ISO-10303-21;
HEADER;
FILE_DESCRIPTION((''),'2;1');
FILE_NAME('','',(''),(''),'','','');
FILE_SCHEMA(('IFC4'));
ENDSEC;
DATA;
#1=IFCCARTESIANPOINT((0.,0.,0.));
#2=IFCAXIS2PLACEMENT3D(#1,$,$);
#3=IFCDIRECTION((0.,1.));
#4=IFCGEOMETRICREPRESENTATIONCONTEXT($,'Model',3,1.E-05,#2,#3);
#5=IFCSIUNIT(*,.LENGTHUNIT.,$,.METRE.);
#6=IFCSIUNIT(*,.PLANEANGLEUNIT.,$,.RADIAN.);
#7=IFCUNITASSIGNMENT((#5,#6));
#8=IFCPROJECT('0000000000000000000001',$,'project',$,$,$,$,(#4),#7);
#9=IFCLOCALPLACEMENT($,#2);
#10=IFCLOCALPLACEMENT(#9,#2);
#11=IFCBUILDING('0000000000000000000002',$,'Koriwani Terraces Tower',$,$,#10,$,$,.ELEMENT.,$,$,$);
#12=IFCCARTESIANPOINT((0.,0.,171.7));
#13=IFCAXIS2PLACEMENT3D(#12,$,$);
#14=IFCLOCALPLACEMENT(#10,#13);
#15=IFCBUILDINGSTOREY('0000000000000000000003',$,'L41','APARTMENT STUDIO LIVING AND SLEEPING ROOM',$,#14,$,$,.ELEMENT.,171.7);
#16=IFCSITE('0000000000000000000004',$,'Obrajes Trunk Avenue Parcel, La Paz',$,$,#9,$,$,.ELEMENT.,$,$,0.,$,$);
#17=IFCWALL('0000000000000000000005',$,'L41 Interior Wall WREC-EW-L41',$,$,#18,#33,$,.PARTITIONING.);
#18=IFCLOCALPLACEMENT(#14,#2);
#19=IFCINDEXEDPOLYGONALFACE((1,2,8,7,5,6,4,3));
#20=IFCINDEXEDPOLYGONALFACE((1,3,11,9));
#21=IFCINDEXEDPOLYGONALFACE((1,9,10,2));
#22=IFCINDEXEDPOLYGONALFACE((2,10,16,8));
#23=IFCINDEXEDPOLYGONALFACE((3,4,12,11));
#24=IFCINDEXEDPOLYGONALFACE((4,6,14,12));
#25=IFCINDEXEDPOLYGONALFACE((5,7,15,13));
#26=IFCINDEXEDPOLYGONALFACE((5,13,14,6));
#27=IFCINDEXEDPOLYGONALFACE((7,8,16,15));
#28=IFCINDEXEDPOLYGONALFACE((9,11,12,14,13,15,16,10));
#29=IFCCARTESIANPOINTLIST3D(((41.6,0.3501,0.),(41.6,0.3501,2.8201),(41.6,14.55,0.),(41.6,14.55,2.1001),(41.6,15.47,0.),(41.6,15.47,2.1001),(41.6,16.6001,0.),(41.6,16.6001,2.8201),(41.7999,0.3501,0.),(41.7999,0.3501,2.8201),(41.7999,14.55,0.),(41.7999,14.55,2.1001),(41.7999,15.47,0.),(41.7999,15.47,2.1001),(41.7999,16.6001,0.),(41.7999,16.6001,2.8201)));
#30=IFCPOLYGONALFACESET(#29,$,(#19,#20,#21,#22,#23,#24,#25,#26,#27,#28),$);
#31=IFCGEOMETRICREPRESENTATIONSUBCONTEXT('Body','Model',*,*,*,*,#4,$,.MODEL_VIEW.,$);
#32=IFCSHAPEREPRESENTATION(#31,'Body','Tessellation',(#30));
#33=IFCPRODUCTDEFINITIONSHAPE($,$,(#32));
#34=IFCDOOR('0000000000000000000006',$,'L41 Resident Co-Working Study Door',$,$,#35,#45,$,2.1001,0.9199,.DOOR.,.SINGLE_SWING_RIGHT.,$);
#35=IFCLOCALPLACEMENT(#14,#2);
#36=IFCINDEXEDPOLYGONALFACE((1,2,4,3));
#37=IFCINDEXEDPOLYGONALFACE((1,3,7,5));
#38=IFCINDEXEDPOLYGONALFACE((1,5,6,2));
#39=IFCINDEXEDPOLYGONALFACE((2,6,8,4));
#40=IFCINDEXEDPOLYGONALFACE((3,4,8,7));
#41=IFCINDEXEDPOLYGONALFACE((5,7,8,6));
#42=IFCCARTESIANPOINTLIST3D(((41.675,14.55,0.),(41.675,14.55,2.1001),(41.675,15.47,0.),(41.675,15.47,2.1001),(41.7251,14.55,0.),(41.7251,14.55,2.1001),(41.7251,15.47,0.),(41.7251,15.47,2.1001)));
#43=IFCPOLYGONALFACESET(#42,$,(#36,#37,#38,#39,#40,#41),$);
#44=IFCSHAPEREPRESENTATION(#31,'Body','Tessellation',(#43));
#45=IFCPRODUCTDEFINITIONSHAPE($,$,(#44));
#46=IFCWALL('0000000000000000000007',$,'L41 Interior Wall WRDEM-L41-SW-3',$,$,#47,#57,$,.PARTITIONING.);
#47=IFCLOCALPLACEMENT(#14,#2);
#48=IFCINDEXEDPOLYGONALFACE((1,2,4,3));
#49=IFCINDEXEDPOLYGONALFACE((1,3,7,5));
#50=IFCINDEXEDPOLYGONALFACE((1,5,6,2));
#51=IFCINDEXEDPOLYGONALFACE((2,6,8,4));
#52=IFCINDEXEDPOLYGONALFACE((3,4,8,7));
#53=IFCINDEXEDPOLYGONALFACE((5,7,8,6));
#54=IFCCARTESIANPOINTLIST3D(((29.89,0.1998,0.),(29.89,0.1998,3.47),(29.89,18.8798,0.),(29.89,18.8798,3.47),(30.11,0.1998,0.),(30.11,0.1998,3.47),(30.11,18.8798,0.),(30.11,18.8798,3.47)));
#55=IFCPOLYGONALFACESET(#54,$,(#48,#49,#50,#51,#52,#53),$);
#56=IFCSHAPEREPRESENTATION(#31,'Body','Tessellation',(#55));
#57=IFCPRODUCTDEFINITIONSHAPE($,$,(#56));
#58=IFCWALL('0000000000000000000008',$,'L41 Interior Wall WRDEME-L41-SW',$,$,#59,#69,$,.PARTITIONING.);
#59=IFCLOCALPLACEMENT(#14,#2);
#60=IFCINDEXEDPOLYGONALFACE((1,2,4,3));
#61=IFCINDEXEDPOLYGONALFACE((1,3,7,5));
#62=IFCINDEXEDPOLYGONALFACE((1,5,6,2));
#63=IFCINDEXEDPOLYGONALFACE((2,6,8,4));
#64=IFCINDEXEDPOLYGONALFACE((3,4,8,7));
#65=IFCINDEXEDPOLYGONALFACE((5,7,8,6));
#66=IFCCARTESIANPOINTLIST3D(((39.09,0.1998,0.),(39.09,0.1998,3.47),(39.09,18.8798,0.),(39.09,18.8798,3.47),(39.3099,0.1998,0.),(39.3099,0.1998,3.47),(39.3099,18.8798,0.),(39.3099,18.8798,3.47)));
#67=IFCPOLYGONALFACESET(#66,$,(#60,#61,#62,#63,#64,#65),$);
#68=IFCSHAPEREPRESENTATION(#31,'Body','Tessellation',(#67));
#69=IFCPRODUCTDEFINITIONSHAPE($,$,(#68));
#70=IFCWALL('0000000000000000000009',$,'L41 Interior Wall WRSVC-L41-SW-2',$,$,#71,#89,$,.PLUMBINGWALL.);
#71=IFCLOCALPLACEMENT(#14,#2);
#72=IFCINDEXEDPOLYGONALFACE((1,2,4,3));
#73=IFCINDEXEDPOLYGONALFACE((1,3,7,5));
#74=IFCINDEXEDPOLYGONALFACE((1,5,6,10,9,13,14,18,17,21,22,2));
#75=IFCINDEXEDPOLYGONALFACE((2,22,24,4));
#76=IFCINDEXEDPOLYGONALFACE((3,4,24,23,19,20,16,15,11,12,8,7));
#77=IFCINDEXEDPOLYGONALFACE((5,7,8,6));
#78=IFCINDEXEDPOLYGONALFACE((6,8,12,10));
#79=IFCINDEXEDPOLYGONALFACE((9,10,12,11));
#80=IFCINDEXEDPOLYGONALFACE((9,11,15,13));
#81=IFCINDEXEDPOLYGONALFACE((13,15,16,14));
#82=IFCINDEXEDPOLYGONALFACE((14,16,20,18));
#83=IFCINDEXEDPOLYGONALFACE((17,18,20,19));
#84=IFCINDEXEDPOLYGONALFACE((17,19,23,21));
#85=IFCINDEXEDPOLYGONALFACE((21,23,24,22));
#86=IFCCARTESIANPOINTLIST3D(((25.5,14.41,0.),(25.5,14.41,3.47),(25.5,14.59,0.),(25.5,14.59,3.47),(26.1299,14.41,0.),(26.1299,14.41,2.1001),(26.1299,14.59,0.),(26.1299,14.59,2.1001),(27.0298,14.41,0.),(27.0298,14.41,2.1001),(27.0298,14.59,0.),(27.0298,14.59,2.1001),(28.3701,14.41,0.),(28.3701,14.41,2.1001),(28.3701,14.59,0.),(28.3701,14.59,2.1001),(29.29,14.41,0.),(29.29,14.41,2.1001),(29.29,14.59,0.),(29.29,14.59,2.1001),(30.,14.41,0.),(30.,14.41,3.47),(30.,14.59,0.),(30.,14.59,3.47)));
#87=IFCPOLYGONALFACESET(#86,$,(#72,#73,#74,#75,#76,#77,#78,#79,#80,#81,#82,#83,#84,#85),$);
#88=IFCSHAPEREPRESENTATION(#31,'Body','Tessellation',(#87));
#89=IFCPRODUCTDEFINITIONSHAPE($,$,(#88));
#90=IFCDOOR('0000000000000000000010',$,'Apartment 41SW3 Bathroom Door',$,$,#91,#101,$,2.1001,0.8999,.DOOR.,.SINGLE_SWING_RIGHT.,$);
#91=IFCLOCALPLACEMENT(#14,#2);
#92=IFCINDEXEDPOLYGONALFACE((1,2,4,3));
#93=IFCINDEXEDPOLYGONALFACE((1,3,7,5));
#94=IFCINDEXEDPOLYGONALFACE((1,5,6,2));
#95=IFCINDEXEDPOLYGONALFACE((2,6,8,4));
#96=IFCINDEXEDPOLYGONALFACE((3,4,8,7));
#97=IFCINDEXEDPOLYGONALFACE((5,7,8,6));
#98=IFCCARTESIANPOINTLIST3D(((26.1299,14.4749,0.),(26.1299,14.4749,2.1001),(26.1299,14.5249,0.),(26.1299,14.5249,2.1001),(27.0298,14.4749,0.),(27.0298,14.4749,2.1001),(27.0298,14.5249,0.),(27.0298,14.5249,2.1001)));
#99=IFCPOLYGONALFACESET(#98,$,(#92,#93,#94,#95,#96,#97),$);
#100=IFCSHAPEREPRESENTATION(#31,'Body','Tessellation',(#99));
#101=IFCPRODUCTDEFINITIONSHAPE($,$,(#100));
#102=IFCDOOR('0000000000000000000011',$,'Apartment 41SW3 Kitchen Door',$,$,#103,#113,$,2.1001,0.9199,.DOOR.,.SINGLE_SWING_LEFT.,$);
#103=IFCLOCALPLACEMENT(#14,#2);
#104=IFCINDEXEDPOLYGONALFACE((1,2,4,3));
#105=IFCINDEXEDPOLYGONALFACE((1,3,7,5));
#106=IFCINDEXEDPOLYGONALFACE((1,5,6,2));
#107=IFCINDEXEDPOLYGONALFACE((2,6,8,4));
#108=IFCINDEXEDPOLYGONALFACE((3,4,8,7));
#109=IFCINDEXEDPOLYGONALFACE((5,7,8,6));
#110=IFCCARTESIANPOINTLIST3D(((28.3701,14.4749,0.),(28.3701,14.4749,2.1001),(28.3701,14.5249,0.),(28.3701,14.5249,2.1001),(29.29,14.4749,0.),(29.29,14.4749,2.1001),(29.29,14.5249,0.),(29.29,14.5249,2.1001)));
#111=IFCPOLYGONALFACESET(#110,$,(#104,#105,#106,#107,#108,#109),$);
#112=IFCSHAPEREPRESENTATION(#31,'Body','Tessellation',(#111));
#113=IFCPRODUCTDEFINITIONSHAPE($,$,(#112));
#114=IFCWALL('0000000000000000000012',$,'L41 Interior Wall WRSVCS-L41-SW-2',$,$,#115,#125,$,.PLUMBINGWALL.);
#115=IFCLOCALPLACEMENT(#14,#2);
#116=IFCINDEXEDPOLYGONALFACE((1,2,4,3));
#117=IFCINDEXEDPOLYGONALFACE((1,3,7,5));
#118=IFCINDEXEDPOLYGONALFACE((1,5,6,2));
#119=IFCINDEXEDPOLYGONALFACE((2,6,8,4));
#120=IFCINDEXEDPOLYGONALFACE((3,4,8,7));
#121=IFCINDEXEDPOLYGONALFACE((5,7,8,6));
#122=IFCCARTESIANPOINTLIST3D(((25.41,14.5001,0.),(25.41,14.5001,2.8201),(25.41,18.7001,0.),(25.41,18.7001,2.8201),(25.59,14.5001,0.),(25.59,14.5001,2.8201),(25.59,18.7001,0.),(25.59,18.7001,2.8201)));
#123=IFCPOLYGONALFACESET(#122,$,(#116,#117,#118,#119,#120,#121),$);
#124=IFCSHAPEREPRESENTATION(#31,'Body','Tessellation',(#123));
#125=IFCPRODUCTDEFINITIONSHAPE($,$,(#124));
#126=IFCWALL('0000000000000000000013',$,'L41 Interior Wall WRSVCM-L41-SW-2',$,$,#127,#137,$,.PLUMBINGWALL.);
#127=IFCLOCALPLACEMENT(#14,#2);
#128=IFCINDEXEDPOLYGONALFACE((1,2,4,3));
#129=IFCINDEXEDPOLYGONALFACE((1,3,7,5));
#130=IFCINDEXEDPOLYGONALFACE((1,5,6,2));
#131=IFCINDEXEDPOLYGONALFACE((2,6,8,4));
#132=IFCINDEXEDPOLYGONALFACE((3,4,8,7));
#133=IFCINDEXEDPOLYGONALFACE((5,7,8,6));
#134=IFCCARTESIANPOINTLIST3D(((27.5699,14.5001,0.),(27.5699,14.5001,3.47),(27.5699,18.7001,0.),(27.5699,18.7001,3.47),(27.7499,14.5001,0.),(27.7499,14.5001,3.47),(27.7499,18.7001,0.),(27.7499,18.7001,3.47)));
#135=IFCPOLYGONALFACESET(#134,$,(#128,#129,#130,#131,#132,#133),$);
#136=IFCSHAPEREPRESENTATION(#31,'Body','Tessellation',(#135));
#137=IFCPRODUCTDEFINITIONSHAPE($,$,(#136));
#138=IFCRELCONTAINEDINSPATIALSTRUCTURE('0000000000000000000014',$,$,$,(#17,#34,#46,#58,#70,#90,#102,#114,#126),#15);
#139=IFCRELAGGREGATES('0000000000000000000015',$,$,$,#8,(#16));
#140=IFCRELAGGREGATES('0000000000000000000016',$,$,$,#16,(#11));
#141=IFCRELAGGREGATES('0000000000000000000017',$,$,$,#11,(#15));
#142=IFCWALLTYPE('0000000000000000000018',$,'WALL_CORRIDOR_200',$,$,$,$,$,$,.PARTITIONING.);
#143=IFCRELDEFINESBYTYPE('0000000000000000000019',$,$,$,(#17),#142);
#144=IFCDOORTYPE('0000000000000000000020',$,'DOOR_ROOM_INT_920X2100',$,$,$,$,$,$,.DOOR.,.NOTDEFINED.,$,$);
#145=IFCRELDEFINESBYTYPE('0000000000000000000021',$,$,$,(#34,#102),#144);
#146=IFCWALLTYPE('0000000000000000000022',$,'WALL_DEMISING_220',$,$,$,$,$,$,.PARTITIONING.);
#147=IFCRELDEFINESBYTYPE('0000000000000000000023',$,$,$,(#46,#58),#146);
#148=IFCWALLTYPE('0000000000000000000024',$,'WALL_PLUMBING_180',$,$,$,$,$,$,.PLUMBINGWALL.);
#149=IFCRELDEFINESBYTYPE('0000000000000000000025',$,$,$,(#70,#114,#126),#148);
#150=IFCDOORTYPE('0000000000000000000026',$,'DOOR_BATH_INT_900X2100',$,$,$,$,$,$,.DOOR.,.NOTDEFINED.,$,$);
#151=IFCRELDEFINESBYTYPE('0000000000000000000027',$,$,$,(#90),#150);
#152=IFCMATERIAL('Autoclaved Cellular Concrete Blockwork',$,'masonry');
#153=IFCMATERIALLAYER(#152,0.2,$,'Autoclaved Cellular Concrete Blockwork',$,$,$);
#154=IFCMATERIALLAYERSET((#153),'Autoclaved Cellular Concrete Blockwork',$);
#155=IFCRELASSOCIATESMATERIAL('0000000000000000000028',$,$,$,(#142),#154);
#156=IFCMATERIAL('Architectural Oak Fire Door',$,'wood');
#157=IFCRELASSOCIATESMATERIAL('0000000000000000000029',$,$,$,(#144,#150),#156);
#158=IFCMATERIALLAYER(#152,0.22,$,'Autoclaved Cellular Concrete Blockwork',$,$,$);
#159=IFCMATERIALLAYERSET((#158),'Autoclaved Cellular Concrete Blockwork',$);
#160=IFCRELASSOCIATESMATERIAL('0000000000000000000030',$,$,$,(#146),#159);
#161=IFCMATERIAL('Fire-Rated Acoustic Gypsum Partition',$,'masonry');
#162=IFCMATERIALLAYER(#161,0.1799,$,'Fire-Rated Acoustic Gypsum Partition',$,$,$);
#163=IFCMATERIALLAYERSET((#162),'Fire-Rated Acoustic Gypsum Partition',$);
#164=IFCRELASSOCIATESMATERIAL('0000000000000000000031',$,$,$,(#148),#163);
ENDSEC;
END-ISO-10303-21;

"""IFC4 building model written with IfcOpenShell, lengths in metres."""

from ifc_helpers import new_model, si_unit, direction, frame, frame_2d, origin, place, context, subcontext, project, spatial, rectangle, extrude, material, layer, layer_set, type_object, element, fill, save


model = new_model("IFC4")

# Units and contexts
model_context = context("Model", 3, precision=1e-05, world=origin(), true_north=direction((0.0, 1.0)))
body_context = subcontext(model_context, "Body", "Model", "MODEL_VIEW")
ifc_project = project(units=[si_unit("LENGTHUNIT", "METRE"), si_unit("PLANEANGLEUNIT", "RADIAN")], contexts=[model_context])

# Site, building, storey
site_placement = place(None, origin())
site = spatial("IfcSite", under=ifc_project, at=site_placement, Name="Obrajes Trunk Avenue Parcel, La Paz", CompositionType="ELEMENT", RefElevation=0.0)
building_placement = place(site_placement, origin())
building = spatial("IfcBuilding", under=site, at=building_placement, Name="Koriwani Terraces Tower", CompositionType="ELEMENT")
storey_placement = place(building_placement, frame((0.0, 0.0, 171.7)))
storey = spatial("IfcBuildingStorey", under=building, at=storey_placement, Name="L41", Description="APARTMENT STUDIO LIVING AND SLEEPING ROOM", CompositionType="ELEMENT", Elevation=171.7)

# Wall, opening, door
ifc_material_1 = material(Name="Autoclaved Cellular Concrete Blockwork", Category="masonry")
ifc_layer_1 = layer(ifc_material_1, 0.2, Name="Autoclaved Cellular Concrete Blockwork")
ifc_layer_set_1 = layer_set([ifc_layer_1], Name="Autoclaved Cellular Concrete Blockwork")
wall_type_1 = type_object("IfcWallType", Name="WALL_CORRIDOR_200", PredefinedType="PARTITIONING", material=ifc_layer_set_1)
wall_1_placement = place(storey_placement, frame((41.7, 0.3501, 0.0), z_axis=(0.0, 0.0, 1.0), x_axis=(0.0, 1.0, 0.0)))
wall_1 = element("IfcWall", 1, at=wall_1_placement, inside=storey, type_object=wall_type_1, Name="L41 Interior Wall WREC-EW-L41", PredefinedType="PARTITIONING", context=body_context, shape_type="SweptSolid", body=[
    extrude(rectangle(XDim=16.25, YDim=0.2, at=frame_2d((8.125, 0.0))), origin(), (0.0, 0.0, 1.0), 2.8201),
])
opening_1_placement = place(wall_1_placement, frame((14.2, 0.0, 0.0)))
opening_1 = element("IfcOpeningElement", 2, at=opening_1_placement, cuts=wall_1, PredefinedType="OPENING", context=body_context, shape_type="SweptSolid", body=[
    extrude(rectangle(XDim=0.9199, YDim=2.1001, at=frame_2d((0.46, 1.05))), frame((0.0, 0.1099, 0.0), z_axis=(0.0, -1.0, 0.0), x_axis=(1.0, 0.0, 0.0)), (0.0, 0.0, 1.0), 0.22),
])
ifc_material_2 = material(Name="Architectural Oak Fire Door", Category="wood")
door_type_1 = type_object("IfcDoorType", Name="DOOR_ROOM_INT_920X2100", OperationType="NOTDEFINED", PredefinedType="DOOR", material=ifc_material_2)
door_1_placement = place(opening_1_placement, origin())
door_1 = element("IfcDoor", 3, at=door_1_placement, inside=storey, type_object=door_type_1, Name="L41 Resident Co-Working Study Door", OperationType="SINGLE_SWING_RIGHT", OverallHeight=2.1001, OverallWidth=0.9199, PredefinedType="DOOR", context=body_context, shape_type="SweptSolid", body=[
    extrude(rectangle(XDim=0.9199, YDim=2.1001, at=frame_2d((0.46, 1.05))), frame((0.0, 0.0249, 0.0), z_axis=(0.0, -1.0, 0.0), x_axis=(1.0, 0.0, 0.0)), (0.0, 0.0, 1.0), 0.05),
])
fill(opening_1, door_1)

# Walls
ifc_layer_2 = layer(ifc_material_1, 0.22, Name="Autoclaved Cellular Concrete Blockwork")
ifc_layer_set_2 = layer_set([ifc_layer_2], Name="Autoclaved Cellular Concrete Blockwork")
wall_type_2 = type_object("IfcWallType", Name="WALL_DEMISING_220", PredefinedType="PARTITIONING", material=ifc_layer_set_2)
for number, where, z_axis, x_axis, name in (
    (4, (30.0, 0.2, 0.0), (0.0, 0.0, 1.0), (0.0, 1.0, 0.0), "L41 Interior Wall WRDEM-L41-SW-3"),
    (5, (39.2, 0.2, 0.0), (0.0, 0.0, 1.0), (0.0, 1.0, 0.0), "L41 Interior Wall WRDEME-L41-SW"),
):
    element("IfcWall", number, at=place(storey_placement, frame(where, z_axis=z_axis, x_axis=x_axis)), inside=storey, type_object=wall_type_2, Name=name, PredefinedType="PARTITIONING", context=body_context, shape_type="SweptSolid", body=[
        extrude(rectangle(XDim=18.6799, YDim=0.22, at=frame_2d((9.3398, 0.0))), origin(), (0.0, 0.0, 1.0), 3.47),
    ])

# Wall, openings, doors
ifc_material_3 = material(Name="Fire-Rated Acoustic Gypsum Partition", Category="masonry")
ifc_layer_3 = layer(ifc_material_3, 0.1799, Name="Fire-Rated Acoustic Gypsum Partition")
ifc_layer_set_3 = layer_set([ifc_layer_3], Name="Fire-Rated Acoustic Gypsum Partition")
wall_type_3 = type_object("IfcWallType", Name="WALL_PLUMBING_180", PredefinedType="PLUMBINGWALL", material=ifc_layer_set_3)
wall_2_placement = place(storey_placement, frame((25.5, 14.5, 0.0), z_axis=(0.0, 0.0, 1.0), x_axis=(1.0, 0.0, 0.0)))
wall_2 = element("IfcWall", 6, at=wall_2_placement, inside=storey, type_object=wall_type_3, Name="L41 Interior Wall WRSVC-L41-SW-2", PredefinedType="PLUMBINGWALL", context=body_context, shape_type="SweptSolid", body=[
    extrude(rectangle(XDim=4.5, YDim=0.1799, at=frame_2d((2.25, 0.0))), origin(), (0.0, 0.0, 1.0), 3.47),
])
opening_2_placement = place(wall_2_placement, frame((0.6299, 0.0, 0.0)))
opening_2 = element("IfcOpeningElement", 7, at=opening_2_placement, cuts=wall_2, PredefinedType="OPENING", context=body_context, shape_type="SweptSolid", body=[
    extrude(rectangle(XDim=0.8999, YDim=2.1001, at=frame_2d((0.45, 1.05))), frame((0.0, 0.1001, 0.0), z_axis=(0.0, -1.0, 0.0), x_axis=(1.0, 0.0, 0.0)), (0.0, 0.0, 1.0), 0.2),
])
opening_3_placement = place(wall_2_placement, frame((2.8701, 0.0, 0.0)))
opening_3 = element("IfcOpeningElement", 8, at=opening_3_placement, cuts=wall_2, PredefinedType="OPENING", context=body_context, shape_type="SweptSolid", body=[
    extrude(rectangle(XDim=0.9199, YDim=2.1001, at=frame_2d((0.46, 1.05))), frame((0.0, 0.1001, 0.0), z_axis=(0.0, -1.0, 0.0), x_axis=(1.0, 0.0, 0.0)), (0.0, 0.0, 1.0), 0.2),
])
door_type_2 = type_object("IfcDoorType", Name="DOOR_BATH_INT_900X2100", OperationType="NOTDEFINED", PredefinedType="DOOR", material=ifc_material_2)
door_2_placement = place(opening_2_placement, origin())
door_2 = element("IfcDoor", 9, at=door_2_placement, inside=storey, type_object=door_type_2, Name="Apartment 41SW3 Bathroom Door", OperationType="SINGLE_SWING_RIGHT", OverallHeight=2.1001, OverallWidth=0.8999, PredefinedType="DOOR", context=body_context, shape_type="SweptSolid", body=[
    extrude(rectangle(XDim=0.8999, YDim=2.1001, at=frame_2d((0.45, 1.05))), frame((0.0, 0.0249, 0.0), z_axis=(0.0, -1.0, 0.0), x_axis=(1.0, 0.0, 0.0)), (0.0, 0.0, 1.0), 0.05),
])
fill(opening_2, door_2)
door_3_placement = place(opening_3_placement, origin())
door_3 = element("IfcDoor", 10, at=door_3_placement, inside=storey, type_object=door_type_1, Name="Apartment 41SW3 Kitchen Door", OperationType="SINGLE_SWING_LEFT", OverallHeight=2.1001, OverallWidth=0.9199, PredefinedType="DOOR", context=body_context, shape_type="SweptSolid", body=[
    extrude(rectangle(XDim=0.9199, YDim=2.1001, at=frame_2d((0.46, 1.05))), frame((0.0, 0.0249, 0.0), z_axis=(0.0, -1.0, 0.0), x_axis=(1.0, 0.0, 0.0)), (0.0, 0.0, 1.0), 0.05),
])
fill(opening_3, door_3)

# Walls
wall_3_placement = place(storey_placement, frame((25.5, 14.5, 0.0), z_axis=(0.0, 0.0, 1.0), x_axis=(0.0, 1.0, 0.0)))
element("IfcWall", 11, at=wall_3_placement, inside=storey, type_object=wall_type_3, Name="L41 Interior Wall WRSVCS-L41-SW-2", PredefinedType="PLUMBINGWALL", context=body_context, shape_type="SweptSolid", body=[
    extrude(rectangle(XDim=4.2, YDim=0.1799, at=frame_2d((2.1001, 0.0))), origin(), (0.0, 0.0, 1.0), 2.8201),
])
wall_4_placement = place(storey_placement, frame((27.6599, 14.5, 0.0), z_axis=(0.0, 0.0, 1.0), x_axis=(0.0, 1.0, 0.0)))
element("IfcWall", 12, at=wall_4_placement, inside=storey, type_object=wall_type_3, Name="L41 Interior Wall WRSVCM-L41-SW-2", PredefinedType="PLUMBINGWALL", context=body_context, shape_type="SweptSolid", body=[
    extrude(rectangle(XDim=4.2, YDim=0.1799, at=frame_2d((2.1001, 0.0))), origin(), (0.0, 0.0, 1.0), 3.47),
])

save(model, "model.ifc")
